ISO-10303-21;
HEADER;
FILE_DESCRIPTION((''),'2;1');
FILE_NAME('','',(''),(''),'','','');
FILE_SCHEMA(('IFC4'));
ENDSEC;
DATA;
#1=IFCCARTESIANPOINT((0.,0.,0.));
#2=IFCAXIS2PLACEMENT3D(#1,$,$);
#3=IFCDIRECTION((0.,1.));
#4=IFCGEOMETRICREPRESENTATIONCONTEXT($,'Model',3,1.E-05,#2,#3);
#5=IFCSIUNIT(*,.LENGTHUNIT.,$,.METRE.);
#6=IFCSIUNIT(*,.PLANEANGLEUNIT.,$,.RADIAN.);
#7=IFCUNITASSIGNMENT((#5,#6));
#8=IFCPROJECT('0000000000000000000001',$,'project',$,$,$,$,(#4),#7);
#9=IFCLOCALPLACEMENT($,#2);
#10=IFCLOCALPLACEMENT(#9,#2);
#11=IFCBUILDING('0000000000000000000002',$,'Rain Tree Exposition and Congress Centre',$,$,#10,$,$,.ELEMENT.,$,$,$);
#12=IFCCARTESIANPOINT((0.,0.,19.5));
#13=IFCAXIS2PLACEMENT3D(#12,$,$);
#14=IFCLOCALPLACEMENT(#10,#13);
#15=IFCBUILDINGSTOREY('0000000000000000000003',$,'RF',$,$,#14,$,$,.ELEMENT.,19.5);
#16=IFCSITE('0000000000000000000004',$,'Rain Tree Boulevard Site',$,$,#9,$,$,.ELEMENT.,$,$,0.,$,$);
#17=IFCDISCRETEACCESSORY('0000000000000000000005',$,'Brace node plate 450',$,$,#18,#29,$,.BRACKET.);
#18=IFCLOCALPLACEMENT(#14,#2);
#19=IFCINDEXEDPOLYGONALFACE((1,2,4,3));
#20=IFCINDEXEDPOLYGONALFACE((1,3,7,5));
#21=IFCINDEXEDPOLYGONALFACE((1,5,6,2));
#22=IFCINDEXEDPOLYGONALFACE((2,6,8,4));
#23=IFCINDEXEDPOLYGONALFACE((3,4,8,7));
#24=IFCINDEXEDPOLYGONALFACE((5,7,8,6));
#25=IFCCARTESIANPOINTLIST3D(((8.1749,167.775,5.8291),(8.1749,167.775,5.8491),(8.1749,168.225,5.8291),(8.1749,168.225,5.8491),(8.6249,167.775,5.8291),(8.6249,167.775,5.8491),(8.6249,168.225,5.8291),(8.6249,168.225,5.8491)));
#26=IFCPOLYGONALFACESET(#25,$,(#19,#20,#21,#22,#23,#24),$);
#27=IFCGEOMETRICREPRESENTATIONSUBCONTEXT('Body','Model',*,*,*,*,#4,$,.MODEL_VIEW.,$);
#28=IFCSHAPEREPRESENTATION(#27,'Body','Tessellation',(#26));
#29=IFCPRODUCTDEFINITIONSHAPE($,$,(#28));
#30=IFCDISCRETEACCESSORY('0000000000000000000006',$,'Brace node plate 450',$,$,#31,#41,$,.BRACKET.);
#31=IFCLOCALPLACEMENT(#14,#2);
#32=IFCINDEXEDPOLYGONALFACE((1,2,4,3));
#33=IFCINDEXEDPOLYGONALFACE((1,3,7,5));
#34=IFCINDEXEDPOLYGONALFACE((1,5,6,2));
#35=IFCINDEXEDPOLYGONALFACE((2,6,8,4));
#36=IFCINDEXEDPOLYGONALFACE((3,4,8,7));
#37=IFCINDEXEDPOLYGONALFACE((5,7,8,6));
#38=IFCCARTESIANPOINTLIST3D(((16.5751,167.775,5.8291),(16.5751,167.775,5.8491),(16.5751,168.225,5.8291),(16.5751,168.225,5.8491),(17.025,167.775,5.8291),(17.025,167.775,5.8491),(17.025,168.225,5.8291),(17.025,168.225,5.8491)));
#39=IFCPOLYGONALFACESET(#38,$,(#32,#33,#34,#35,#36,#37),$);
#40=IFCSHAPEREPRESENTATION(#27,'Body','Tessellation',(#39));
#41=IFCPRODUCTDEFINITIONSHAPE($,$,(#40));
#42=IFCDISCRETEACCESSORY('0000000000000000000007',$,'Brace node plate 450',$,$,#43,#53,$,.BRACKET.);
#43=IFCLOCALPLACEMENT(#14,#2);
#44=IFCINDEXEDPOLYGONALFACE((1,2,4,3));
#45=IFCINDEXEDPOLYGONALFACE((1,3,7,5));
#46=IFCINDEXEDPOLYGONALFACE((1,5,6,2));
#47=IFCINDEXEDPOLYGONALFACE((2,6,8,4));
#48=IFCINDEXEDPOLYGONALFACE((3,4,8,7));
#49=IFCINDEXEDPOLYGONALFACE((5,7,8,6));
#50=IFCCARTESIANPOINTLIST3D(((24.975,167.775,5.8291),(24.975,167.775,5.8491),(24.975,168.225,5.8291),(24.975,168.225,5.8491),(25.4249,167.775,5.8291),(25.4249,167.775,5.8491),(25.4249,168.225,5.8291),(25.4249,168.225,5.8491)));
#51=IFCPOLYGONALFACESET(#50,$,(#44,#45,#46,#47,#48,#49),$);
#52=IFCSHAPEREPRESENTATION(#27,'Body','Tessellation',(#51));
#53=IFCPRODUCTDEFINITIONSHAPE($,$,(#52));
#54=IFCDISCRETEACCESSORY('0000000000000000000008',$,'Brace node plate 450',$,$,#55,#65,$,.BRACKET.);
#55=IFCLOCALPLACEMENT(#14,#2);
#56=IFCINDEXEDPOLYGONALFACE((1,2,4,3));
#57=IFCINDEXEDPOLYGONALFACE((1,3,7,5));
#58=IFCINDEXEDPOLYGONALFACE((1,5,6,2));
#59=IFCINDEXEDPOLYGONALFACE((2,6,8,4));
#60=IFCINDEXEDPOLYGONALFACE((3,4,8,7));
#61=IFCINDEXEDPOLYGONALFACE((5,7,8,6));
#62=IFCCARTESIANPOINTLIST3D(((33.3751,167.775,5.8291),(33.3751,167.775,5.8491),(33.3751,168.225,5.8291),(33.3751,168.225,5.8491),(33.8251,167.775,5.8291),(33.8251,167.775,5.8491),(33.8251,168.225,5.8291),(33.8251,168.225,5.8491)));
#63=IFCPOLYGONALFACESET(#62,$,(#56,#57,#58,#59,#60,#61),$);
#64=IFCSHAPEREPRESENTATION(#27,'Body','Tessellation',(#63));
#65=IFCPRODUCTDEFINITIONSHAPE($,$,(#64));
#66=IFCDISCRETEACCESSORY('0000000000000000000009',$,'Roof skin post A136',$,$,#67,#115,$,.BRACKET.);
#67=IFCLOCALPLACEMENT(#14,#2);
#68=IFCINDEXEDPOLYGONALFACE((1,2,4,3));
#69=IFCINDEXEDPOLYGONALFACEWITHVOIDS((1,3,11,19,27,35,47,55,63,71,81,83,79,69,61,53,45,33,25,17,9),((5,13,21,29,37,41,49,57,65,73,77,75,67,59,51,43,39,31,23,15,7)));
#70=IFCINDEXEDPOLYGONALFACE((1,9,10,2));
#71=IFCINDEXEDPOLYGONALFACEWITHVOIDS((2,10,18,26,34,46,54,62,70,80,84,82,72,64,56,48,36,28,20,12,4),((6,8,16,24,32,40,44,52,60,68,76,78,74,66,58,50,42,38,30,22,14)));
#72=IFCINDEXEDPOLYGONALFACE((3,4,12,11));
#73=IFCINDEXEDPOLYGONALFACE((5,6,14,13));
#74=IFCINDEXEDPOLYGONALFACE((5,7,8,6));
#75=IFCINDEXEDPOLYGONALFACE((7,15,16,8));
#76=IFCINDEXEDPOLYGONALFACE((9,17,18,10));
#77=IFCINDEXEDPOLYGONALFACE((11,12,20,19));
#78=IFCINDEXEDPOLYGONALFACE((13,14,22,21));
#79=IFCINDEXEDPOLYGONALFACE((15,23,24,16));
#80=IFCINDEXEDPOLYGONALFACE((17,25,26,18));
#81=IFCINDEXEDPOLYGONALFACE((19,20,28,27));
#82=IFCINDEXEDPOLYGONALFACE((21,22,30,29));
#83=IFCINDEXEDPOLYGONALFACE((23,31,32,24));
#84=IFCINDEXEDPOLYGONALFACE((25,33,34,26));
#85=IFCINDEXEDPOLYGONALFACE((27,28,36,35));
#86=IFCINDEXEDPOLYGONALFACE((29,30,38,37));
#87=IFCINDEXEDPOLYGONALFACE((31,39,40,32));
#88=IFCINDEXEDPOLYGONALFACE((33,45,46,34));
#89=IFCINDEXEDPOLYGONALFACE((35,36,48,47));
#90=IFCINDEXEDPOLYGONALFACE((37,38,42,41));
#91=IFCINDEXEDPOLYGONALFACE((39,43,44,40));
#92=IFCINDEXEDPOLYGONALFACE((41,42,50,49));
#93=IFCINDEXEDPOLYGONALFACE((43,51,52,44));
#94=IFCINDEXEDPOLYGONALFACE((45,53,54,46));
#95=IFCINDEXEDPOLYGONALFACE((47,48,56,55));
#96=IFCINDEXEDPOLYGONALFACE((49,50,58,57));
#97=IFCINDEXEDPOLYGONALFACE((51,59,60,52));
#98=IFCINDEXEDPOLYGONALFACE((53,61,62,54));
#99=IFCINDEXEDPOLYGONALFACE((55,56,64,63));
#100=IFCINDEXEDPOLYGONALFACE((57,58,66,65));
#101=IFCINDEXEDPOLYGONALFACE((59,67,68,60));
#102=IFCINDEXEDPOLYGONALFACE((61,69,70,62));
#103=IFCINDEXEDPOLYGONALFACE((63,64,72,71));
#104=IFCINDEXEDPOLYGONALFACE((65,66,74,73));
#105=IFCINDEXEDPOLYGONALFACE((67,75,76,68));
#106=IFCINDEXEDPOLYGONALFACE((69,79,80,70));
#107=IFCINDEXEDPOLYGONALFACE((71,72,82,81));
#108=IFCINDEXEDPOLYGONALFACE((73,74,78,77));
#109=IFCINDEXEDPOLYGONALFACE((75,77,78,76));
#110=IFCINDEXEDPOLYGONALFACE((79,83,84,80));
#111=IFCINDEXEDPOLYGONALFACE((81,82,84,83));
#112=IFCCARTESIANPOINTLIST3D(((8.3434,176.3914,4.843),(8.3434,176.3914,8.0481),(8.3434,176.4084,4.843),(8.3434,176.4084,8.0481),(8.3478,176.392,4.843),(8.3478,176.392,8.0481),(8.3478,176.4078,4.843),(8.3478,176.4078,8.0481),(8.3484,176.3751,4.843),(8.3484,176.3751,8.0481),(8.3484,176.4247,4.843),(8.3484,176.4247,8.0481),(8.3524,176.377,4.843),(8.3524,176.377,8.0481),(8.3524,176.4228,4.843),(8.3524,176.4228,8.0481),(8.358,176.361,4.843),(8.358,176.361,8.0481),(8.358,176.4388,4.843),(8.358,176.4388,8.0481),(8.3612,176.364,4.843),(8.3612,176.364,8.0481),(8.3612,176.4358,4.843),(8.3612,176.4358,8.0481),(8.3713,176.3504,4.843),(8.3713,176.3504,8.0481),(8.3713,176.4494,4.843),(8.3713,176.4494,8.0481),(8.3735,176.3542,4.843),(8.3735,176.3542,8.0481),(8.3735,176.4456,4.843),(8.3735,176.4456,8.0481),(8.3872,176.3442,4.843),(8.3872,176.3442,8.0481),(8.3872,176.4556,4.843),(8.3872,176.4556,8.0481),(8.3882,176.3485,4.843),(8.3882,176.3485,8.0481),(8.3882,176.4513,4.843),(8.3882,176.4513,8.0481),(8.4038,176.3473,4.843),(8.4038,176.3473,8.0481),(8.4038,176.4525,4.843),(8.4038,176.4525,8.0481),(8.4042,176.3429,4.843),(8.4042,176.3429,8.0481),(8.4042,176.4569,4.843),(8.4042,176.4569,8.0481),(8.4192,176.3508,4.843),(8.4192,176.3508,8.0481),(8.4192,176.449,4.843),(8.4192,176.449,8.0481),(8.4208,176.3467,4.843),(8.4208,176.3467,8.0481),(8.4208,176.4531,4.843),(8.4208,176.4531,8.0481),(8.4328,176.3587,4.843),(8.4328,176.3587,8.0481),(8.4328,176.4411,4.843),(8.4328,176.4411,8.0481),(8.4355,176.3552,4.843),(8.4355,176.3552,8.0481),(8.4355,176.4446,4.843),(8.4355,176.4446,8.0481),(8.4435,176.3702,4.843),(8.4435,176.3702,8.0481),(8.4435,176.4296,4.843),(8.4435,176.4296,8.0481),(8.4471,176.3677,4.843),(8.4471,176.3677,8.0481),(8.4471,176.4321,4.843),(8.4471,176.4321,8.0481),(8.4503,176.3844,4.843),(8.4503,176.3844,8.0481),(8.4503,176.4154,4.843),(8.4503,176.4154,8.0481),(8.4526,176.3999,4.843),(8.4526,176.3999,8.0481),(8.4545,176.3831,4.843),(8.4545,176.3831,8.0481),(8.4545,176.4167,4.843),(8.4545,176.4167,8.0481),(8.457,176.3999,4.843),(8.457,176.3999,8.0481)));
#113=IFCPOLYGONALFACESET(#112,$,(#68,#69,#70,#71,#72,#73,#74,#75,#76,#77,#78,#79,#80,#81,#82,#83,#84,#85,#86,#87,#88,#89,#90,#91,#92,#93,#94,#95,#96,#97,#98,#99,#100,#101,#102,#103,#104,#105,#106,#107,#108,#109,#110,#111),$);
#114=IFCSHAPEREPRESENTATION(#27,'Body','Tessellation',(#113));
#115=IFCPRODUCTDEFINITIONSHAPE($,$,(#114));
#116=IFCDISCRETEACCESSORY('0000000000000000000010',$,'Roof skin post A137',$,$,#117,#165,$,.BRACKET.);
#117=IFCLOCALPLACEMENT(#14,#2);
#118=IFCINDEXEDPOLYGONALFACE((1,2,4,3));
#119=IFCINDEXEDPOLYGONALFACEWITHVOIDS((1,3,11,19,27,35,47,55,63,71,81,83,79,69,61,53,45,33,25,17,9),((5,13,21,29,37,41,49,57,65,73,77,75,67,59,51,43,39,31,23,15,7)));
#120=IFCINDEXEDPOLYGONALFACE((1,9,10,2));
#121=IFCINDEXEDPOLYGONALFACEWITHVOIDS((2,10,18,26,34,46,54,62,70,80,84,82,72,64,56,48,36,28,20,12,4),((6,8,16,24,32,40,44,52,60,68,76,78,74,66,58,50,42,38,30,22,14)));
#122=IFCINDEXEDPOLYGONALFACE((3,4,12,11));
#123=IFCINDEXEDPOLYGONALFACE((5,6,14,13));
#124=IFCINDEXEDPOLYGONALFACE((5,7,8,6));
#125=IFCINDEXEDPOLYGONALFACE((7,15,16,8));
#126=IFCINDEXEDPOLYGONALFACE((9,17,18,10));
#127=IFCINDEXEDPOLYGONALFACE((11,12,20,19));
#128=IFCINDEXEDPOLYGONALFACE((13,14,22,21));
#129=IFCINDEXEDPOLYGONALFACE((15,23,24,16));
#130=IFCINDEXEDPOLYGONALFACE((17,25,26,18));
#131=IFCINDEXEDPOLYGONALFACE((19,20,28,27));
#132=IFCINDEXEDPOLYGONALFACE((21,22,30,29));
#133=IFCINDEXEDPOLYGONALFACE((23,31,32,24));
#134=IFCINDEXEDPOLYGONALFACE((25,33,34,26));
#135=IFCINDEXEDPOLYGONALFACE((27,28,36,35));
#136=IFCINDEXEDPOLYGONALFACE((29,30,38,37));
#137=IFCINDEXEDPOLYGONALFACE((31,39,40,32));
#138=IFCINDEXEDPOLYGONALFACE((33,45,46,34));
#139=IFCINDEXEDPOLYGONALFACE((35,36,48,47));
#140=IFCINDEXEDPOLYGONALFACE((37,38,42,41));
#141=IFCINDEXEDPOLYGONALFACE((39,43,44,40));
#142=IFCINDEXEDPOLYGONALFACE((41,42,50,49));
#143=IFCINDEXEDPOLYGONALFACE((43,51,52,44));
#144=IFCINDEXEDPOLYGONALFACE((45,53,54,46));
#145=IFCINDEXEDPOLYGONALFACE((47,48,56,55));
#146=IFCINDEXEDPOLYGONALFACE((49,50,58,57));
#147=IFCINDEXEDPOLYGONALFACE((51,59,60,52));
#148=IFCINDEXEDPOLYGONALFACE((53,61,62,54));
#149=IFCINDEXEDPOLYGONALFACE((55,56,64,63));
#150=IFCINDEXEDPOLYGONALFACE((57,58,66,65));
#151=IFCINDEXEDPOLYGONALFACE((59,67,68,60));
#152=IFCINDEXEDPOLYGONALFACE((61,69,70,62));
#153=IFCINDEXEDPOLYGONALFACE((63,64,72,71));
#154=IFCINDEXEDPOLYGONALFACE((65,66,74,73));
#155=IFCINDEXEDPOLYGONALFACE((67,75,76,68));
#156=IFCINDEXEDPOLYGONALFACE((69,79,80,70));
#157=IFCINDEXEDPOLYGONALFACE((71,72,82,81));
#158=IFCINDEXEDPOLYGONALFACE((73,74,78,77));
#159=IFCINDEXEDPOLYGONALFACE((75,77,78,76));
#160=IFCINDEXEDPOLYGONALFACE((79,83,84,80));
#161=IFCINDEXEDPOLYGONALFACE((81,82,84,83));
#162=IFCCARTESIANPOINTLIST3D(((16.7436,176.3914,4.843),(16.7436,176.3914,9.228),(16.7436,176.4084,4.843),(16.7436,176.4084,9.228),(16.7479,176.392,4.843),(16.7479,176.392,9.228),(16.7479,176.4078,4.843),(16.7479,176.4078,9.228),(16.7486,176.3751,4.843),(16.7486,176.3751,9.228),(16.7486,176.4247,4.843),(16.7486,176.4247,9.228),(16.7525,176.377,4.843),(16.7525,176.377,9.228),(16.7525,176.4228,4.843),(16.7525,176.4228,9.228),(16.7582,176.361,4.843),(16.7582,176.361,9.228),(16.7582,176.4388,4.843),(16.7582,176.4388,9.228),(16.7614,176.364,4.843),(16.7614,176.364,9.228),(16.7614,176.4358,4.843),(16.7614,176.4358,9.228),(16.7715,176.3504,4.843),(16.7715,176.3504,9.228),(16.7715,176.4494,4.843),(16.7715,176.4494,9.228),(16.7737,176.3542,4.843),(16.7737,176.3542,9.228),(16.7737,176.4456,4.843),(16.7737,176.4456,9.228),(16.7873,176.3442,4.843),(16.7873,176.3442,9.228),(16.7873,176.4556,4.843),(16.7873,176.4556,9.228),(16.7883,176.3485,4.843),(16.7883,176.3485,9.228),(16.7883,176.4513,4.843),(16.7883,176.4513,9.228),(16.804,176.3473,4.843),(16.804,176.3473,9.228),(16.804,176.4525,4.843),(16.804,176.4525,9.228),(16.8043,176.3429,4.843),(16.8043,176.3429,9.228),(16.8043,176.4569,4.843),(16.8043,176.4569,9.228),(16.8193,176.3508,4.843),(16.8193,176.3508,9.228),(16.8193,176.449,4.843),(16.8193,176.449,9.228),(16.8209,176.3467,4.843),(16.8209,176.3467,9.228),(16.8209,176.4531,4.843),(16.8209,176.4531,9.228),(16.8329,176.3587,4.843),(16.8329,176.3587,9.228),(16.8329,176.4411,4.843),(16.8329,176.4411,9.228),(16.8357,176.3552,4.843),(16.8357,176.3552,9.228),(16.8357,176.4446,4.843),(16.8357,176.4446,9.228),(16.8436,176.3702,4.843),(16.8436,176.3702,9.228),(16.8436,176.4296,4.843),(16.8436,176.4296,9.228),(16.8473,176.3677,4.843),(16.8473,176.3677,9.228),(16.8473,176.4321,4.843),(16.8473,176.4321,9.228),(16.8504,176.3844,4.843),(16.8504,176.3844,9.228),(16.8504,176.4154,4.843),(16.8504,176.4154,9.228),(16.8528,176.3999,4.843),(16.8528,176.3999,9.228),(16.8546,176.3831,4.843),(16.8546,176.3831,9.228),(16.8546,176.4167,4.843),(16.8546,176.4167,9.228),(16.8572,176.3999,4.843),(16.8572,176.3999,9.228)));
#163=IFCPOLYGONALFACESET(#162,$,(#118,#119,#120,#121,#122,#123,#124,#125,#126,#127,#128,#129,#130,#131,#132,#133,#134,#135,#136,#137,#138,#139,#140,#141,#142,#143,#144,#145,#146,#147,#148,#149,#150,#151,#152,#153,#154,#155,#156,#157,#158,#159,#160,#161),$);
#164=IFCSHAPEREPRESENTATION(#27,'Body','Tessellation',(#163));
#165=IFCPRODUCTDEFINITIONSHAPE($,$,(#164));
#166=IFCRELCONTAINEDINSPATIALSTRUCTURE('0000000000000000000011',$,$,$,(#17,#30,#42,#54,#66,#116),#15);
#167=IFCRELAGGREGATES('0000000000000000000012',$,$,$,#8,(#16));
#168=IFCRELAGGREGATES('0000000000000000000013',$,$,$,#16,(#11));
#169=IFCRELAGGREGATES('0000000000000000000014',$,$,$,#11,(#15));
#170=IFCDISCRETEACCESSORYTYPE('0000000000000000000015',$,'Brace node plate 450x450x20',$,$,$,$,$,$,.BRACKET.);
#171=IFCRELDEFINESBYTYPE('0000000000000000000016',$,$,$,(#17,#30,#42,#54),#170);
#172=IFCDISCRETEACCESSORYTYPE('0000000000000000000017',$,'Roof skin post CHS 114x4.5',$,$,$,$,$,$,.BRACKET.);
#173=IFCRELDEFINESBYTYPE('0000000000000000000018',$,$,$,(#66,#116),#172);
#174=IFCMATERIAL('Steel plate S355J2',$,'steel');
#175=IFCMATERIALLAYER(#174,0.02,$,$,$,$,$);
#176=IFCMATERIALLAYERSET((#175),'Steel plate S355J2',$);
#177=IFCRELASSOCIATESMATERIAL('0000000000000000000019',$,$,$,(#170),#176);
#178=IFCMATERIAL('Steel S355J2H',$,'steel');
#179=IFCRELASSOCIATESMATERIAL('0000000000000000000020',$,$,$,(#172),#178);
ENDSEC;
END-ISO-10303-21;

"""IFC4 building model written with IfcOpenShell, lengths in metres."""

from ifc_helpers import new_model, si_unit, direction, frame, origin, origin_2d, place, context, subcontext, project, spatial, rectangle, hollow_circle, extrude, material, layer, layer_set, material_profile, profile_set, type_object, element, save


model = new_model("IFC4")

# Units and contexts
model_context = context("Model", 3, precision=1e-05, world=origin(), true_north=direction((0.0, 1.0)))
body_context = subcontext(model_context, "Body", "Model", "MODEL_VIEW")
ifc_project = project(units=[si_unit("LENGTHUNIT", "METRE"), si_unit("PLANEANGLEUNIT", "RADIAN")], contexts=[model_context])

# Site, building, storey
site_placement = place(None, origin())
site = spatial("IfcSite", under=ifc_project, at=site_placement, Name="Rain Tree Boulevard Site", CompositionType="ELEMENT", RefElevation=0.0)
building_placement = place(site_placement, origin())
building = spatial("IfcBuilding", under=site, at=building_placement, Name="Rain Tree Exposition and Congress Centre", CompositionType="ELEMENT")
storey_placement = place(building_placement, frame((0.0, 0.0, 19.5)))
storey = spatial("IfcBuildingStorey", under=building, at=storey_placement, Name="RF", CompositionType="ELEMENT", Elevation=19.5)

# Discrete accessories
ifc_material_1 = material(Name="Steel plate S355J2", Category="steel")
ifc_layer_1 = layer(ifc_material_1, 0.02)
ifc_layer_set_1 = layer_set([ifc_layer_1], Name="Steel plate S355J2")
discrete_accessory_type_1 = type_object("IfcDiscreteAccessoryType", Name="Brace node plate 450x450x20", PredefinedType="BRACKET", material=ifc_layer_set_1)
for number, where, z_axis, x_axis, name in (
    (1, (8.3999, 168.0, 5.8291), (0.0, 0.0, 1.0), (1.0, 0.0, 0.0), "Brace node plate 450"),
    (2, (16.8, 168.0, 5.8291), (0.0, 0.0, 1.0), (1.0, 0.0, 0.0), "Brace node plate 450"),
    (3, (25.2, 168.0, 5.8291), (0.0, 0.0, 1.0), (1.0, 0.0, 0.0), "Brace node plate 450"),
    (4, (33.6001, 168.0, 5.8291), (0.0, 0.0, 1.0), (1.0, 0.0, 0.0), "Brace node plate 450"),
):
    element("IfcDiscreteAccessory", number, at=place(storey_placement, frame(where, z_axis=z_axis, x_axis=x_axis)), inside=storey, type_object=discrete_accessory_type_1, Name=name, PredefinedType="BRACKET", context=body_context, shape_type="SweptSolid", body=[
        extrude(rectangle(XDim=0.45, YDim=0.45, at=origin_2d()), origin(), (0.0, 0.0, 1.0), 0.02),
    ])
ifc_material_2 = material(Name="Steel S355J2H", Category="steel")
ifc_material_profile_1 = material_profile(ifc_material_2, hollow_circle(Radius=0.0571, WallThickness=0.0044, at=origin_2d()), Name="CHS 114x4.5")
ifc_profile_set_1 = profile_set([ifc_material_profile_1], Name="Steel S355J2H")
discrete_accessory_type_2 = type_object("IfcDiscreteAccessoryType", Name="Roof skin post CHS 114x4.5", PredefinedType="BRACKET", material=ifc_profile_set_1)
discrete_accessory_1_placement = place(storey_placement, frame((8.3999, 176.3999, 4.843), z_axis=(0.0, 0.0, 1.0), x_axis=(1.0, 0.0, 0.0)))
element("IfcDiscreteAccessory", 5, at=discrete_accessory_1_placement, inside=storey, type_object=discrete_accessory_type_2, Name="Roof skin post A136", PredefinedType="BRACKET", context=body_context, shape_type="SweptSolid", body=[
    extrude(hollow_circle(Radius=0.0571, WallThickness=0.0044, at=origin_2d()), origin(), (0.0, 0.0, 1.0), 3.2051),
])
discrete_accessory_2_placement = place(storey_placement, frame((16.8, 176.3999, 4.843), z_axis=(0.0, 0.0, 1.0), x_axis=(1.0, 0.0, 0.0)))
element("IfcDiscreteAccessory", 6, at=discrete_accessory_2_placement, inside=storey, type_object=discrete_accessory_type_2, Name="Roof skin post A137", PredefinedType="BRACKET", context=body_context, shape_type="SweptSolid", body=[
    extrude(hollow_circle(Radius=0.0571, WallThickness=0.0044, at=origin_2d()), origin(), (0.0, 0.0, 1.0), 4.385),
])

save(model, "model.ifc")
